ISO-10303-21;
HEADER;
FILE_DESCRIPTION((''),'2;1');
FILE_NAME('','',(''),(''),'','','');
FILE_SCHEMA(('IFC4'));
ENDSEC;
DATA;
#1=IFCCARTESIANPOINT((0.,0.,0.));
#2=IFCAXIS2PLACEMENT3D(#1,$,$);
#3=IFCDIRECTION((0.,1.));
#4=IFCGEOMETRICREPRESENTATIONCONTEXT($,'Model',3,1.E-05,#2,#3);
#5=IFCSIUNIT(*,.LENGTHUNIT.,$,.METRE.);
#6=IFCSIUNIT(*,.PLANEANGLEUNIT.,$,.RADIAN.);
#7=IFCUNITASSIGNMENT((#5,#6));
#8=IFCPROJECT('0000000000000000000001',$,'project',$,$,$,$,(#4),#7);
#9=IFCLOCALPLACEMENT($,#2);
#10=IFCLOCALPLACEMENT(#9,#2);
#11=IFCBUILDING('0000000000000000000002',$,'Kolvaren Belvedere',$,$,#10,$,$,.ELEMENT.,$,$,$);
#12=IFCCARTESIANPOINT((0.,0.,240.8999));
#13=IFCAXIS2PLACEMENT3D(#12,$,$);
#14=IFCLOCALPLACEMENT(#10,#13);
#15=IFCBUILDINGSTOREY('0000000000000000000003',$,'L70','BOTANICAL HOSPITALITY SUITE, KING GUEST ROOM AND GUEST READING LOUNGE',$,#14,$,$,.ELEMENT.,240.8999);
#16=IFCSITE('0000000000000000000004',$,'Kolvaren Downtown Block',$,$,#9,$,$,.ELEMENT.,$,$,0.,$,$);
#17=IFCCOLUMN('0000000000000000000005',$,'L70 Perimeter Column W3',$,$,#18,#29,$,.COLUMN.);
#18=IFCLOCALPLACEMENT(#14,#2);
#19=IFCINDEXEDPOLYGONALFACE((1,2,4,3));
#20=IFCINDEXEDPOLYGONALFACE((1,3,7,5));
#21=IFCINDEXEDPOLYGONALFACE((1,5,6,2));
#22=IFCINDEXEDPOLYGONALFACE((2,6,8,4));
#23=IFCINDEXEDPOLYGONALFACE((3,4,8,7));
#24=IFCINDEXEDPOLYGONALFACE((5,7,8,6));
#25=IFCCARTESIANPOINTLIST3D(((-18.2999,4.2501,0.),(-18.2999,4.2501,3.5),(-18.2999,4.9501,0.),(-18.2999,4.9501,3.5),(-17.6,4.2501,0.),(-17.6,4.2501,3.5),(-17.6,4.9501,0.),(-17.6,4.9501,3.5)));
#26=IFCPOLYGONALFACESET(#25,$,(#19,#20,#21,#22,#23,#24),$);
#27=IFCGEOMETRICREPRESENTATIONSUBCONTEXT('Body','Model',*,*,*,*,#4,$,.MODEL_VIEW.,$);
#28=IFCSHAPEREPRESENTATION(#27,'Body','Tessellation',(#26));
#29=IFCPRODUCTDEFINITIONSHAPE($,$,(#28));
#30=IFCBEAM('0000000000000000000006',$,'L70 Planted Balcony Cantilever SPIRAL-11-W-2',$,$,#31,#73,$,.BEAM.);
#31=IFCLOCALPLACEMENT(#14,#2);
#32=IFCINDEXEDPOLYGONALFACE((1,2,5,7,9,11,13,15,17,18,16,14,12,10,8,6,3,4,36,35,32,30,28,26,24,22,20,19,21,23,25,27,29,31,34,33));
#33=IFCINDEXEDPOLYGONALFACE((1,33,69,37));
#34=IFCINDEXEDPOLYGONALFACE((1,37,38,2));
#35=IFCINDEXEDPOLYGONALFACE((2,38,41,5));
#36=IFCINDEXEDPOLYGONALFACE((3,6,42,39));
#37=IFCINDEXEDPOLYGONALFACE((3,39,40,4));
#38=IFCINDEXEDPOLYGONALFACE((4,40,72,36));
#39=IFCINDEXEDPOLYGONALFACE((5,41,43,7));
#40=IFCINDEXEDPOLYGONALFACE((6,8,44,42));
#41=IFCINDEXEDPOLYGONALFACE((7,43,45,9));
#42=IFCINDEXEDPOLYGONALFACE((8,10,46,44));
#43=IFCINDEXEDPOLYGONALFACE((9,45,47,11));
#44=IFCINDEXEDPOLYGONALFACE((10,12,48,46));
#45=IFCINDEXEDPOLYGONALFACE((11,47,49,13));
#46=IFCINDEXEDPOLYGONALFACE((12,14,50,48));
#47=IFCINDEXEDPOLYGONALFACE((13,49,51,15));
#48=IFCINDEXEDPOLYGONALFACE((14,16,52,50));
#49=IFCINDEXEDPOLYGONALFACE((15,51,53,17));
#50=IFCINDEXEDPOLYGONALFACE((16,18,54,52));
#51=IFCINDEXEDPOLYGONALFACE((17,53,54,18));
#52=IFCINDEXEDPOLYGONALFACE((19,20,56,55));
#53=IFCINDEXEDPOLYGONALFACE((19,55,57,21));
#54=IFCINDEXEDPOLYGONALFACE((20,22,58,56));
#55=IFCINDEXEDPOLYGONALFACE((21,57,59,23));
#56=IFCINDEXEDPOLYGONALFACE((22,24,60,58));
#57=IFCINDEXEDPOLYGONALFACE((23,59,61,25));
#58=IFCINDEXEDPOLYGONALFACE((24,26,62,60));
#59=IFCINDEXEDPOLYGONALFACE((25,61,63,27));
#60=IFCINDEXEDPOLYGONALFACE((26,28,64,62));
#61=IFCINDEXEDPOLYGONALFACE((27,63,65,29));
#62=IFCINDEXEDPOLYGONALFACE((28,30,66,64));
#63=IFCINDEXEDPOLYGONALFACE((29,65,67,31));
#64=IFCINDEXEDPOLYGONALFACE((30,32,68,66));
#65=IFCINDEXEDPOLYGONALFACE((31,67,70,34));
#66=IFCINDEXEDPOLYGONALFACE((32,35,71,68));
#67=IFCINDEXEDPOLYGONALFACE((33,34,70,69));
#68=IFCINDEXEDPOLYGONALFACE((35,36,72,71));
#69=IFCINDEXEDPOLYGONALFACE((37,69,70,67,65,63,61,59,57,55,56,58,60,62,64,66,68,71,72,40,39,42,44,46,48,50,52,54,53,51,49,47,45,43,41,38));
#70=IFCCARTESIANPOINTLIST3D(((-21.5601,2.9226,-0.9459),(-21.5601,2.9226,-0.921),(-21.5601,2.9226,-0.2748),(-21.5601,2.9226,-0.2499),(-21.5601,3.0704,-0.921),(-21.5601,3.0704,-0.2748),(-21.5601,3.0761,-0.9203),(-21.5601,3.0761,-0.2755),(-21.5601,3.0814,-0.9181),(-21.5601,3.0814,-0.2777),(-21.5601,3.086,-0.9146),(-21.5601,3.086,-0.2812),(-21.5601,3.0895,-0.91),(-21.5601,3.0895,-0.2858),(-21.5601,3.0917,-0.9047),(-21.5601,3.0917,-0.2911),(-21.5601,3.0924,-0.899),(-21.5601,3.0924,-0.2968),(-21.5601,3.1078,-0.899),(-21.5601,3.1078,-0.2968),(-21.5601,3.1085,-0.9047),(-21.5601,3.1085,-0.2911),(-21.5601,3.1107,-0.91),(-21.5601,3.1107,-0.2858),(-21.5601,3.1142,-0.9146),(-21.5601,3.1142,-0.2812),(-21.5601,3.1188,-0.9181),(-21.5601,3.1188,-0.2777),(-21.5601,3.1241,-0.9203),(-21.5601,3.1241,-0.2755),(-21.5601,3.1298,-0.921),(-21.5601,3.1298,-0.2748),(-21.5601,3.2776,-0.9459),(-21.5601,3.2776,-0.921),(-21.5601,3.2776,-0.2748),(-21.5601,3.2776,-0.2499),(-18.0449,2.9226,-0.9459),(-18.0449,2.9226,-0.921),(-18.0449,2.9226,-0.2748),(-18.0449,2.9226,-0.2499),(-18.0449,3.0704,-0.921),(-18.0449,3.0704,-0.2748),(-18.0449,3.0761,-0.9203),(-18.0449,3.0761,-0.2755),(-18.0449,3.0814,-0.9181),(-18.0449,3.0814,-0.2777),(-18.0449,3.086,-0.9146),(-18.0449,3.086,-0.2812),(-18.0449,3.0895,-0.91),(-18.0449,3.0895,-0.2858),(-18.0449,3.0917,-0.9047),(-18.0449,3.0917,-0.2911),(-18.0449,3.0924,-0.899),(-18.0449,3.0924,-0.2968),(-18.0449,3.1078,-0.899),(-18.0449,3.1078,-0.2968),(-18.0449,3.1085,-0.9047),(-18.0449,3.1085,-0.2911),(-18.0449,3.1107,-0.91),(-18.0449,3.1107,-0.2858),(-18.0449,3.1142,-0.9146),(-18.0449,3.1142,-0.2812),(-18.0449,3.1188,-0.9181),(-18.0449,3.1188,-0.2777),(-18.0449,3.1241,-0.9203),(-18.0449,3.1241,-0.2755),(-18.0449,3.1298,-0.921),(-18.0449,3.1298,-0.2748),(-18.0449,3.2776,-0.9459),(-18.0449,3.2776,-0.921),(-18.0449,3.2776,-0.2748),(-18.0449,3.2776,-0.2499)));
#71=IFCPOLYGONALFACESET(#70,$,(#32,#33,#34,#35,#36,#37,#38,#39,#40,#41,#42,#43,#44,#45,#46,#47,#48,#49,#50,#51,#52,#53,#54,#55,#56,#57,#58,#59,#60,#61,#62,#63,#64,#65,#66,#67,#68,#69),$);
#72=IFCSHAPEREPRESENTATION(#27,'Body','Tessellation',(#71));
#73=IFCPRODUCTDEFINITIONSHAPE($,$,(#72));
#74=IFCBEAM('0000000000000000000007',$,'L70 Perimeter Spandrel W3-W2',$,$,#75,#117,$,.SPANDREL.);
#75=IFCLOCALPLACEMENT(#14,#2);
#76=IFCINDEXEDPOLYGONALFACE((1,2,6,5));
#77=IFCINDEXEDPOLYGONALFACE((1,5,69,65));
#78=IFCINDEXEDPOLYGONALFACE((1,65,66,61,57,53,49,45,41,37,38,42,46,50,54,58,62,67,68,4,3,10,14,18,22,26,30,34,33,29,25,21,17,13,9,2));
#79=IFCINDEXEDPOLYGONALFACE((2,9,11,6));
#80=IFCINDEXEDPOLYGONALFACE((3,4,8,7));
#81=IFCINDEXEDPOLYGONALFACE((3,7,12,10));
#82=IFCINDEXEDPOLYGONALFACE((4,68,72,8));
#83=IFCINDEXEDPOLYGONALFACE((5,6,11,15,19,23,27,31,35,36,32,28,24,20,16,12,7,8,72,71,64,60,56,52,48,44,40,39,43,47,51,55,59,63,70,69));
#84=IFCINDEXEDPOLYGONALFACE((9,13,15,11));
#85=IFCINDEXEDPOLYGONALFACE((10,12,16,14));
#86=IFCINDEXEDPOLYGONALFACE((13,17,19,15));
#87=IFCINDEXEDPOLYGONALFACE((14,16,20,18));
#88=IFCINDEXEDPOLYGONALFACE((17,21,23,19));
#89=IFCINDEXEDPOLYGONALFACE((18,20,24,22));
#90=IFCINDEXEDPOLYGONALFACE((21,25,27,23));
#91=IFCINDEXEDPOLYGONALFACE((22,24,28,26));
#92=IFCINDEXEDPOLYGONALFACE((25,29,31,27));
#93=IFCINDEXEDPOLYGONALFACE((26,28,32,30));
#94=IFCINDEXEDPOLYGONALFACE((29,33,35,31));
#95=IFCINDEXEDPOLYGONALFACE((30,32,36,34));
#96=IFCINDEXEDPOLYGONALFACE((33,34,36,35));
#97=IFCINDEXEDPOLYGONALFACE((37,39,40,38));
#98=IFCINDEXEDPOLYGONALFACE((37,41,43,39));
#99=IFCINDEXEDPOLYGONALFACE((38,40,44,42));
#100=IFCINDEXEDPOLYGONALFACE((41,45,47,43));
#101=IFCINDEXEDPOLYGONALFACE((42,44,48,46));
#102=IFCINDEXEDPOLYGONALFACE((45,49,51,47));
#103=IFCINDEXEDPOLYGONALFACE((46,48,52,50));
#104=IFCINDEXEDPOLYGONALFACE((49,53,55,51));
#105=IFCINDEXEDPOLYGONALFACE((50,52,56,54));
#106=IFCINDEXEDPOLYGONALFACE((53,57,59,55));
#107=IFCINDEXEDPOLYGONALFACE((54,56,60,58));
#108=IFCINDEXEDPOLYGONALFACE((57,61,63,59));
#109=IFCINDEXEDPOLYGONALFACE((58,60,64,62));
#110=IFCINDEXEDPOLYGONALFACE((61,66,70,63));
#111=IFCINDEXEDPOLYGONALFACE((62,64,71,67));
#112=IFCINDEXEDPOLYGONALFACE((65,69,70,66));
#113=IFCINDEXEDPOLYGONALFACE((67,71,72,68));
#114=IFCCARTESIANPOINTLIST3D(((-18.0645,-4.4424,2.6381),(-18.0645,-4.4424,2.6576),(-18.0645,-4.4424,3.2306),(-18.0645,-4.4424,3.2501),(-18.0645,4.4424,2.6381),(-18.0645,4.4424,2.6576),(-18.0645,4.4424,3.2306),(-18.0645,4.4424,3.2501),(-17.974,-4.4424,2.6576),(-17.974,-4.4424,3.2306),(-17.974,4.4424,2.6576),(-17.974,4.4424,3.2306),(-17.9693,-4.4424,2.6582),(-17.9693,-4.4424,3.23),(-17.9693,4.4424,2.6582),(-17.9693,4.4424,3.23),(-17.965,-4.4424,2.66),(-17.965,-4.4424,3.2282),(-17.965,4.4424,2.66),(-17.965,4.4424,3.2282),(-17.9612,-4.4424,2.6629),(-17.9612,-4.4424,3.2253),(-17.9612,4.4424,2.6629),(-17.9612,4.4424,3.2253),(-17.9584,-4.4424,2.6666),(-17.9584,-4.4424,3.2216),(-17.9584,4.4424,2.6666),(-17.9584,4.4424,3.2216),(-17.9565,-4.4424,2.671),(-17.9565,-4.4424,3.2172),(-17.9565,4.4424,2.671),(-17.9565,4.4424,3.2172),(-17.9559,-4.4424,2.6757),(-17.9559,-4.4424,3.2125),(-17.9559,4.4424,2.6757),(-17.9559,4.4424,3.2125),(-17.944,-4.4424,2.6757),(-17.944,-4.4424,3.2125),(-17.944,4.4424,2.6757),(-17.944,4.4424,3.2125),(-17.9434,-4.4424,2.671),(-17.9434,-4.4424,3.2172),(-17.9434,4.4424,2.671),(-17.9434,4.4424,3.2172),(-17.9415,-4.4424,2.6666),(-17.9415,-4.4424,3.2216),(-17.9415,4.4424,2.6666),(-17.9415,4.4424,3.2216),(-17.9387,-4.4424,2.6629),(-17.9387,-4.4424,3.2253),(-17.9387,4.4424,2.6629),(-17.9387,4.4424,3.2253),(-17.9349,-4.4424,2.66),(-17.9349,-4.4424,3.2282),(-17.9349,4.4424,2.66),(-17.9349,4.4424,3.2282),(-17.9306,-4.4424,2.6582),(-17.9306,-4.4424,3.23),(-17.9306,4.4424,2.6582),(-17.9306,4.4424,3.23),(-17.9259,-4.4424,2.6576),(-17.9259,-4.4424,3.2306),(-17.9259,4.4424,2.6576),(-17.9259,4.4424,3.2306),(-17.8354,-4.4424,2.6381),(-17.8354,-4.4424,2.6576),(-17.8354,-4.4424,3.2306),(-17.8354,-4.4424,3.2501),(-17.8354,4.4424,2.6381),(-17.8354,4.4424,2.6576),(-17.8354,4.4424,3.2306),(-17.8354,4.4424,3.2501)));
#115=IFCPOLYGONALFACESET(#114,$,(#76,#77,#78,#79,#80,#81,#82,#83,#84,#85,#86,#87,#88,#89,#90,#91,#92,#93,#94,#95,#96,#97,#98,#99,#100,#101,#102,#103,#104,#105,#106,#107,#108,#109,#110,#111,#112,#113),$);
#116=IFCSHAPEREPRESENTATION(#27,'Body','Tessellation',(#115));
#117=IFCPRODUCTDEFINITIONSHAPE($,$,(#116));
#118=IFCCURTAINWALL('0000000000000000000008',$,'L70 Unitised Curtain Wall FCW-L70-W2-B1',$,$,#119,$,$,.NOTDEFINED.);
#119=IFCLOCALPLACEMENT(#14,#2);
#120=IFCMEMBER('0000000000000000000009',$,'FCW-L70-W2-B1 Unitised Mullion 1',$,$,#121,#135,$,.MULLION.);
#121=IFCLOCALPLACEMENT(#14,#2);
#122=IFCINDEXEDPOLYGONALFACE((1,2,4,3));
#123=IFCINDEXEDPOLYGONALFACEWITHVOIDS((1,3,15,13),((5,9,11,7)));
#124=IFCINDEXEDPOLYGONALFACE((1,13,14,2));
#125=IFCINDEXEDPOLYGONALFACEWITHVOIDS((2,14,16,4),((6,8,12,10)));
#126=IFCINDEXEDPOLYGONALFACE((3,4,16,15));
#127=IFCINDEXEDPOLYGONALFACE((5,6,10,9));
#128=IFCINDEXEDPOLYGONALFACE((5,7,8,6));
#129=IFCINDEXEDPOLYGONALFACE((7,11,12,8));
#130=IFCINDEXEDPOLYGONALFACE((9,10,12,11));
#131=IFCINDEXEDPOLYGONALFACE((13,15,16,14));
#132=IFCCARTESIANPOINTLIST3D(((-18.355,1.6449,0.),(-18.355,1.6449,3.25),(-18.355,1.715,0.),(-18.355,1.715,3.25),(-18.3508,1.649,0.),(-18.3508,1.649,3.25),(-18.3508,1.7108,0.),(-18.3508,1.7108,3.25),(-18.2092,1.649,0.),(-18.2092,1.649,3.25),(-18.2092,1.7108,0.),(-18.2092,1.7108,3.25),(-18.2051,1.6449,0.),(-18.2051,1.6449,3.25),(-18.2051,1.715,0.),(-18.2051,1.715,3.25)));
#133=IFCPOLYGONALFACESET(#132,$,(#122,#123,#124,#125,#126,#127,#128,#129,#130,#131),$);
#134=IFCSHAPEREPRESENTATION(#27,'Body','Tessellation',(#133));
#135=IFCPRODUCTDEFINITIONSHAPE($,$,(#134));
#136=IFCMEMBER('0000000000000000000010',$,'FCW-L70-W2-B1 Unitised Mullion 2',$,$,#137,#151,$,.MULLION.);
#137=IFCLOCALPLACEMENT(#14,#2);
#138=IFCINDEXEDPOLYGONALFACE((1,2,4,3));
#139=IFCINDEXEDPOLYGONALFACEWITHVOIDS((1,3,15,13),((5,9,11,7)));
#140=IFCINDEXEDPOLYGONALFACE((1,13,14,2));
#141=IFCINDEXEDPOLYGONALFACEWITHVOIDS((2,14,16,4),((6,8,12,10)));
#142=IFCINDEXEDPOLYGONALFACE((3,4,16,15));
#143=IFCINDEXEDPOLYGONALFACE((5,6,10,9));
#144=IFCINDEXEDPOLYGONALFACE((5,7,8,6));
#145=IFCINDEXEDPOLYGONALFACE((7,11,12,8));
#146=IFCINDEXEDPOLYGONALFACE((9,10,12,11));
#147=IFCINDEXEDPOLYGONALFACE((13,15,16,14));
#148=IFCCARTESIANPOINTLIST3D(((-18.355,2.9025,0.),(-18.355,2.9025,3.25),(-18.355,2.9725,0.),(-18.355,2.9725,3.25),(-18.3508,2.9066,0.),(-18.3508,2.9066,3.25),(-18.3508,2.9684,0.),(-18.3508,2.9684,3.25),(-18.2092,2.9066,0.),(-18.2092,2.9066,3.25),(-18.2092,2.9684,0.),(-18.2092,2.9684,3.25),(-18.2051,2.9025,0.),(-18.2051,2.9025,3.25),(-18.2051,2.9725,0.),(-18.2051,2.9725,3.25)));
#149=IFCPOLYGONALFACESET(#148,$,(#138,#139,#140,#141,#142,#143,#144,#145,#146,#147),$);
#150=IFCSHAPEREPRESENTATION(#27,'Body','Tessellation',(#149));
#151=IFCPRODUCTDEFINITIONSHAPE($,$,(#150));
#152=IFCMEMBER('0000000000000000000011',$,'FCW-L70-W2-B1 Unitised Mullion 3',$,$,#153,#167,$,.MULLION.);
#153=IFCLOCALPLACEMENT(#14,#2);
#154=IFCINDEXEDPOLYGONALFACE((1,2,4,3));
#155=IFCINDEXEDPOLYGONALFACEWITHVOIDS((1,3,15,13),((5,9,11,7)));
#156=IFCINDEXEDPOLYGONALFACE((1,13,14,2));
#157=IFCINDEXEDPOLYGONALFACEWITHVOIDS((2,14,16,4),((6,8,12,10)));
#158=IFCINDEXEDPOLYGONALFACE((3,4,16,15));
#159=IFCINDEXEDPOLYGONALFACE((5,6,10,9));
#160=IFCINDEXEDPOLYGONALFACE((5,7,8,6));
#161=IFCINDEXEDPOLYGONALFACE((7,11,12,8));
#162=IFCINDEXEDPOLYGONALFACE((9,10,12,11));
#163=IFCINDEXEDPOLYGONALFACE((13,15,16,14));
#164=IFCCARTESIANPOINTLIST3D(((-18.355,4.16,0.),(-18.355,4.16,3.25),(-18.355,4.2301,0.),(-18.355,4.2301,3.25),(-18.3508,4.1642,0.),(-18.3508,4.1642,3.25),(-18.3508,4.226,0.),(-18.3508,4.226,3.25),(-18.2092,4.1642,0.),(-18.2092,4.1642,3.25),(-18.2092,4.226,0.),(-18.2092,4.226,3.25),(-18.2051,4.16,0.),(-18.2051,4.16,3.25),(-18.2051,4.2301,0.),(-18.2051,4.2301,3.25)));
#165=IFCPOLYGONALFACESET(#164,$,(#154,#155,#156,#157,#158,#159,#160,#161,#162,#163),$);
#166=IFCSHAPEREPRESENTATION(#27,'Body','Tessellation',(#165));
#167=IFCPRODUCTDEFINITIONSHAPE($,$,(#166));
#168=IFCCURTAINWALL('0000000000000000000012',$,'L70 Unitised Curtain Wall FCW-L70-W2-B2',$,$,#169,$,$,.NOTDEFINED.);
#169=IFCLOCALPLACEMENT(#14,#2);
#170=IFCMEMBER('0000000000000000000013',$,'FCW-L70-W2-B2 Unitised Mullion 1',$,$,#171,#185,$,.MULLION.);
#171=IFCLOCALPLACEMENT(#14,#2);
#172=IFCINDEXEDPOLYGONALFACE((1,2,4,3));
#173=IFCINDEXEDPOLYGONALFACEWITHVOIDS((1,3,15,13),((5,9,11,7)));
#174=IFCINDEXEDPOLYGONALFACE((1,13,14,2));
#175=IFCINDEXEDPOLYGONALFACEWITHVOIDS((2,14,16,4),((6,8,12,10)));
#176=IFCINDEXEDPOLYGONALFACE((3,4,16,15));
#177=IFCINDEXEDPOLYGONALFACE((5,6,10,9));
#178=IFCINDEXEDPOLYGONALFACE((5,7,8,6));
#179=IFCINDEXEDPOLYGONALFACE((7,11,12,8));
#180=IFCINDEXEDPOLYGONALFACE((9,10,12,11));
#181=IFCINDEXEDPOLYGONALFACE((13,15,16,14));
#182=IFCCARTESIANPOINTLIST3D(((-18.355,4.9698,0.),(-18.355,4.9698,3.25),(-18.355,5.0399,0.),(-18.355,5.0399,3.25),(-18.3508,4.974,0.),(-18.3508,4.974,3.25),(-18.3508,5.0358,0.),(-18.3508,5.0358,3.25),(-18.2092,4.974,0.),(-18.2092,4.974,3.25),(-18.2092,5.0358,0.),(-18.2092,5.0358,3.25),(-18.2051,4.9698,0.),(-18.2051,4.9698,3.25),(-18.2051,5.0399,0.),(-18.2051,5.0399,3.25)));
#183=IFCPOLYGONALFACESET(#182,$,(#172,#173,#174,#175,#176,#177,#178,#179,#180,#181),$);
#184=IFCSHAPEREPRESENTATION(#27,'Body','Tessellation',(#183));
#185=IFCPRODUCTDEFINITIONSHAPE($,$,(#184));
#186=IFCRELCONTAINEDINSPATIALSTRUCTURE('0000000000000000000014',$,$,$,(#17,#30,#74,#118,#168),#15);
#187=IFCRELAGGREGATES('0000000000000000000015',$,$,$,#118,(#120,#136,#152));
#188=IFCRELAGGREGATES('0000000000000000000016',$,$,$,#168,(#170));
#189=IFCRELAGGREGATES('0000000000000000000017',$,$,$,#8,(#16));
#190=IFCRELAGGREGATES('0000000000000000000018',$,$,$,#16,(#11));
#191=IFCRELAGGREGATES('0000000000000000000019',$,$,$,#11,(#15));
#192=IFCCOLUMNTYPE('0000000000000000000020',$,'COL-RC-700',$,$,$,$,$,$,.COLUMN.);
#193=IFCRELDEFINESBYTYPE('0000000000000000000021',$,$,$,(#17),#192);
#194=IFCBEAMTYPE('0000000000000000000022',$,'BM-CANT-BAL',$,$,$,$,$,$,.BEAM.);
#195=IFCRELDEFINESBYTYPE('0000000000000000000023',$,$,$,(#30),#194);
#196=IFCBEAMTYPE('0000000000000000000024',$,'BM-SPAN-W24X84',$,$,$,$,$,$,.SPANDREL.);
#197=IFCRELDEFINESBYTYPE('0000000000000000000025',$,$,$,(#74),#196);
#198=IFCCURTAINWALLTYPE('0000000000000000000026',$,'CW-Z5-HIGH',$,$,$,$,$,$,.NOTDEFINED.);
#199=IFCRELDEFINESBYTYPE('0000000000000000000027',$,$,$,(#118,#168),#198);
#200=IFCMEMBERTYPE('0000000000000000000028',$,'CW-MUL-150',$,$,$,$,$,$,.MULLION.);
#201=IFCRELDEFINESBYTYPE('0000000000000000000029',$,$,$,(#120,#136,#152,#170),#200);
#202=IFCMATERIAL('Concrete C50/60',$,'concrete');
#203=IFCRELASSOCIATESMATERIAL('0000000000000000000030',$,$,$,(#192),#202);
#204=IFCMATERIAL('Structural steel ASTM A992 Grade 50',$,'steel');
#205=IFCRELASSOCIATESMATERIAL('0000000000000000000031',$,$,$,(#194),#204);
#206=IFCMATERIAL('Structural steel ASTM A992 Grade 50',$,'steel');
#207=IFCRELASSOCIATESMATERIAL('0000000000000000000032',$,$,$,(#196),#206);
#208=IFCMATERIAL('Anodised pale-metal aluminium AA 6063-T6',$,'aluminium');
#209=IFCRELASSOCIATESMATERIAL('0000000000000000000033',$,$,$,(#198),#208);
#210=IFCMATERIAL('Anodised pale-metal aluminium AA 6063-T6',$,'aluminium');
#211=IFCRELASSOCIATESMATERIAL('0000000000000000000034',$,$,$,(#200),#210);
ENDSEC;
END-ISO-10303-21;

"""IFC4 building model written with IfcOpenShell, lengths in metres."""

from ifc_helpers import new_model, si_unit, direction, frame, origin, origin_2d, place, context, subcontext, project, spatial, rectangle, hollow_rectangle, i_section, extrude, material, material_profile, profile_set, type_object, element, aggregate, save


model = new_model("IFC4")

# Units and contexts
model_context = context("Model", 3, precision=1e-05, world=origin(), true_north=direction((0.0, 1.0)))
body_context = subcontext(model_context, "Body", "Model", "MODEL_VIEW")
ifc_project = project(units=[si_unit("LENGTHUNIT", "METRE"), si_unit("PLANEANGLEUNIT", "RADIAN")], contexts=[model_context])

# Site, building, storey
site_placement = place(None, origin())
site = spatial("IfcSite", under=ifc_project, at=site_placement, Name="Kolvaren Downtown Block", CompositionType="ELEMENT", RefElevation=0.0)
building_placement = place(site_placement, origin())
building = spatial("IfcBuilding", under=site, at=building_placement, Name="Kolvaren Belvedere", CompositionType="ELEMENT")
storey_placement = place(building_placement, frame((0.0, 0.0, 240.8999)))
storey = spatial("IfcBuildingStorey", under=building, at=storey_placement, Name="L70", Description="BOTANICAL HOSPITALITY SUITE, KING GUEST ROOM AND GUEST READING LOUNGE", CompositionType="ELEMENT", Elevation=240.8999)

# Column
ifc_material_1 = material(Name="Concrete C50/60", Category="concrete")
ifc_material_profile_1 = material_profile(ifc_material_1, rectangle(XDim=0.7, YDim=0.7, at=origin_2d()), Name="RC 700X700")
ifc_profile_set_1 = profile_set([ifc_material_profile_1], Name="Concrete C50/60")
column_type = type_object("IfcColumnType", Name="COL-RC-700", PredefinedType="COLUMN", material=ifc_profile_set_1)
column_placement = place(storey_placement, frame((-17.95, 4.6001, 0.0), z_axis=(0.0, 0.0, 1.0), x_axis=(1.0, 0.0, 0.0)))
element("IfcColumn", 1, at=column_placement, inside=storey, type_object=column_type, Name="L70 Perimeter Column W3", PredefinedType="COLUMN", context=body_context, shape_type="SweptSolid", body=[
    extrude(rectangle(XDim=0.7, YDim=0.7, at=origin_2d()), origin(), (0.0, 0.0, 1.0), 3.5),
])

# Beams
ifc_material_2 = material(Name="Structural steel ASTM A992 Grade 50", Category="steel")
ifc_material_profile_2 = material_profile(ifc_material_2, i_section(OverallWidth=0.355, OverallDepth=0.696, WebThickness=0.0154, FlangeThickness=0.0249, FilletRadius=0.022, at=origin_2d()), Name="W27X146")
ifc_profile_set_2 = profile_set([ifc_material_profile_2], Name="Structural steel ASTM A992 Grade 50")
beam_type_1 = type_object("IfcBeamType", Name="BM-CANT-BAL", PredefinedType="BEAM", material=ifc_profile_set_2)
beam_1_placement = place(storey_placement, frame((-18.0449, 3.1001, -0.5979), z_axis=(-1.0, 0.0, 0.0), x_axis=(0.0, -1.0, 0.0)))
element("IfcBeam", 2, at=beam_1_placement, inside=storey, type_object=beam_type_1, Name="L70 Planted Balcony Cantilever SPIRAL-11-W-2", PredefinedType="BEAM", context=body_context, shape_type="SweptSolid", body=[
    extrude(i_section(OverallWidth=0.355, OverallDepth=0.696, WebThickness=0.0154, FlangeThickness=0.0249, FilletRadius=0.022, at=origin_2d()), origin(), (0.0, 0.0, 1.0), 3.5151),
])
ifc_material_3 = material(Name="Structural steel ASTM A992 Grade 50", Category="steel")
ifc_material_profile_3 = material_profile(ifc_material_3, i_section(OverallWidth=0.229, OverallDepth=0.6121, WebThickness=0.012, FlangeThickness=0.0195, FilletRadius=0.0181, at=origin_2d()), Name="W24X84")
ifc_profile_set_3 = profile_set([ifc_material_profile_3], Name="Structural steel ASTM A992 Grade 50")
beam_type_2 = type_object("IfcBeamType", Name="BM-SPAN-W24X84", PredefinedType="SPANDREL", material=ifc_profile_set_3)
beam_2_placement = place(storey_placement, frame((-17.95, 4.4424, 2.9441), z_axis=(0.0, -1.0, 0.0), x_axis=(1.0, 0.0, 0.0)))
element("IfcBeam", 3, at=beam_2_placement, inside=storey, type_object=beam_type_2, Name="L70 Perimeter Spandrel W3-W2", PredefinedType="SPANDREL", context=body_context, shape_type="SweptSolid", body=[
    extrude(i_section(OverallWidth=0.229, OverallDepth=0.6121, WebThickness=0.012, FlangeThickness=0.0195, FilletRadius=0.0181, at=origin_2d()), origin(), (0.0, 0.0, 1.0), 8.8848),
])

# Curtain walls, members
ifc_material_4 = material(Name="Anodised pale-metal aluminium AA 6063-T6", Category="aluminium")
curtain_wall_type = type_object("IfcCurtainWallType", Name="CW-Z5-HIGH", PredefinedType="NOTDEFINED", material=ifc_material_4)
curtain_wall_1_placement = place(storey_placement, origin())
curtain_wall_1 = element("IfcCurtainWall", 4, at=curtain_wall_1_placement, inside=storey, type_object=curtain_wall_type, Name="L70 Unitised Curtain Wall FCW-L70-W2-B1", PredefinedType="NOTDEFINED")
ifc_material_5 = material(Name="Anodised pale-metal aluminium AA 6063-T6", Category="aluminium")
ifc_material_profile_4 = material_profile(ifc_material_5, hollow_rectangle(XDim=0.0701, YDim=0.1499, WallThickness=0.0042, at=origin_2d()), Name="ALU-MUL-150X70")
ifc_profile_set_4 = profile_set([ifc_material_profile_4], Name="Anodised pale-metal aluminium AA 6063-T6")
member_type_1 = type_object("IfcMemberType", Name="CW-MUL-150", PredefinedType="MULLION", material=ifc_profile_set_4)
member_1_placement = place(storey_placement, frame((-18.28, 1.6799, 0.0), z_axis=(0.0, 0.0, 1.0), x_axis=(0.0, 1.0, 0.0)))
member_1 = element("IfcMember", 5, at=member_1_placement, type_object=member_type_1, Name="FCW-L70-W2-B1 Unitised Mullion 1", PredefinedType="MULLION", context=body_context, shape_type="SweptSolid", body=[
    extrude(hollow_rectangle(XDim=0.0701, YDim=0.1499, WallThickness=0.0042, at=origin_2d()), origin(), (0.0, 0.0, 1.0), 3.25),
])
member_2_placement = place(storey_placement, frame((-18.28, 2.9375, 0.0), z_axis=(0.0, 0.0, 1.0), x_axis=(0.0, 1.0, 0.0)))
member_2 = element("IfcMember", 6, at=member_2_placement, type_object=member_type_1, Name="FCW-L70-W2-B1 Unitised Mullion 2", PredefinedType="MULLION", context=body_context, shape_type="SweptSolid", body=[
    extrude(hollow_rectangle(XDim=0.0701, YDim=0.1499, WallThickness=0.0042, at=origin_2d()), origin(), (0.0, 0.0, 1.0), 3.25),
])
member_3_placement = place(storey_placement, frame((-18.28, 4.1951, 0.0), z_axis=(0.0, 0.0, 1.0), x_axis=(0.0, 1.0, 0.0)))
member_3 = element("IfcMember", 7, at=member_3_placement, type_object=member_type_1, Name="FCW-L70-W2-B1 Unitised Mullion 3", PredefinedType="MULLION", context=body_context, shape_type="SweptSolid", body=[
    extrude(hollow_rectangle(XDim=0.0701, YDim=0.1499, WallThickness=0.0042, at=origin_2d()), origin(), (0.0, 0.0, 1.0), 3.25),
])
curtain_wall_2_placement = place(storey_placement, origin())
curtain_wall_2 = element("IfcCurtainWall", 8, at=curtain_wall_2_placement, inside=storey, type_object=curtain_wall_type, Name="L70 Unitised Curtain Wall FCW-L70-W2-B2", PredefinedType="NOTDEFINED")
member_4_placement = place(storey_placement, frame((-18.28, 5.0049, 0.0), z_axis=(0.0, 0.0, 1.0), x_axis=(0.0, 1.0, 0.0)))
member_4 = element("IfcMember", 9, at=member_4_placement, type_object=member_type_1, Name="FCW-L70-W2-B2 Unitised Mullion 1", PredefinedType="MULLION", context=body_context, shape_type="SweptSolid", body=[
    extrude(hollow_rectangle(XDim=0.0701, YDim=0.1499, WallThickness=0.0042, at=origin_2d()), origin(), (0.0, 0.0, 1.0), 3.25),
])

aggregate(curtain_wall_1, [member_1, member_2, member_3])
aggregate(curtain_wall_2, [member_4])

save(model, "model.ifc")
